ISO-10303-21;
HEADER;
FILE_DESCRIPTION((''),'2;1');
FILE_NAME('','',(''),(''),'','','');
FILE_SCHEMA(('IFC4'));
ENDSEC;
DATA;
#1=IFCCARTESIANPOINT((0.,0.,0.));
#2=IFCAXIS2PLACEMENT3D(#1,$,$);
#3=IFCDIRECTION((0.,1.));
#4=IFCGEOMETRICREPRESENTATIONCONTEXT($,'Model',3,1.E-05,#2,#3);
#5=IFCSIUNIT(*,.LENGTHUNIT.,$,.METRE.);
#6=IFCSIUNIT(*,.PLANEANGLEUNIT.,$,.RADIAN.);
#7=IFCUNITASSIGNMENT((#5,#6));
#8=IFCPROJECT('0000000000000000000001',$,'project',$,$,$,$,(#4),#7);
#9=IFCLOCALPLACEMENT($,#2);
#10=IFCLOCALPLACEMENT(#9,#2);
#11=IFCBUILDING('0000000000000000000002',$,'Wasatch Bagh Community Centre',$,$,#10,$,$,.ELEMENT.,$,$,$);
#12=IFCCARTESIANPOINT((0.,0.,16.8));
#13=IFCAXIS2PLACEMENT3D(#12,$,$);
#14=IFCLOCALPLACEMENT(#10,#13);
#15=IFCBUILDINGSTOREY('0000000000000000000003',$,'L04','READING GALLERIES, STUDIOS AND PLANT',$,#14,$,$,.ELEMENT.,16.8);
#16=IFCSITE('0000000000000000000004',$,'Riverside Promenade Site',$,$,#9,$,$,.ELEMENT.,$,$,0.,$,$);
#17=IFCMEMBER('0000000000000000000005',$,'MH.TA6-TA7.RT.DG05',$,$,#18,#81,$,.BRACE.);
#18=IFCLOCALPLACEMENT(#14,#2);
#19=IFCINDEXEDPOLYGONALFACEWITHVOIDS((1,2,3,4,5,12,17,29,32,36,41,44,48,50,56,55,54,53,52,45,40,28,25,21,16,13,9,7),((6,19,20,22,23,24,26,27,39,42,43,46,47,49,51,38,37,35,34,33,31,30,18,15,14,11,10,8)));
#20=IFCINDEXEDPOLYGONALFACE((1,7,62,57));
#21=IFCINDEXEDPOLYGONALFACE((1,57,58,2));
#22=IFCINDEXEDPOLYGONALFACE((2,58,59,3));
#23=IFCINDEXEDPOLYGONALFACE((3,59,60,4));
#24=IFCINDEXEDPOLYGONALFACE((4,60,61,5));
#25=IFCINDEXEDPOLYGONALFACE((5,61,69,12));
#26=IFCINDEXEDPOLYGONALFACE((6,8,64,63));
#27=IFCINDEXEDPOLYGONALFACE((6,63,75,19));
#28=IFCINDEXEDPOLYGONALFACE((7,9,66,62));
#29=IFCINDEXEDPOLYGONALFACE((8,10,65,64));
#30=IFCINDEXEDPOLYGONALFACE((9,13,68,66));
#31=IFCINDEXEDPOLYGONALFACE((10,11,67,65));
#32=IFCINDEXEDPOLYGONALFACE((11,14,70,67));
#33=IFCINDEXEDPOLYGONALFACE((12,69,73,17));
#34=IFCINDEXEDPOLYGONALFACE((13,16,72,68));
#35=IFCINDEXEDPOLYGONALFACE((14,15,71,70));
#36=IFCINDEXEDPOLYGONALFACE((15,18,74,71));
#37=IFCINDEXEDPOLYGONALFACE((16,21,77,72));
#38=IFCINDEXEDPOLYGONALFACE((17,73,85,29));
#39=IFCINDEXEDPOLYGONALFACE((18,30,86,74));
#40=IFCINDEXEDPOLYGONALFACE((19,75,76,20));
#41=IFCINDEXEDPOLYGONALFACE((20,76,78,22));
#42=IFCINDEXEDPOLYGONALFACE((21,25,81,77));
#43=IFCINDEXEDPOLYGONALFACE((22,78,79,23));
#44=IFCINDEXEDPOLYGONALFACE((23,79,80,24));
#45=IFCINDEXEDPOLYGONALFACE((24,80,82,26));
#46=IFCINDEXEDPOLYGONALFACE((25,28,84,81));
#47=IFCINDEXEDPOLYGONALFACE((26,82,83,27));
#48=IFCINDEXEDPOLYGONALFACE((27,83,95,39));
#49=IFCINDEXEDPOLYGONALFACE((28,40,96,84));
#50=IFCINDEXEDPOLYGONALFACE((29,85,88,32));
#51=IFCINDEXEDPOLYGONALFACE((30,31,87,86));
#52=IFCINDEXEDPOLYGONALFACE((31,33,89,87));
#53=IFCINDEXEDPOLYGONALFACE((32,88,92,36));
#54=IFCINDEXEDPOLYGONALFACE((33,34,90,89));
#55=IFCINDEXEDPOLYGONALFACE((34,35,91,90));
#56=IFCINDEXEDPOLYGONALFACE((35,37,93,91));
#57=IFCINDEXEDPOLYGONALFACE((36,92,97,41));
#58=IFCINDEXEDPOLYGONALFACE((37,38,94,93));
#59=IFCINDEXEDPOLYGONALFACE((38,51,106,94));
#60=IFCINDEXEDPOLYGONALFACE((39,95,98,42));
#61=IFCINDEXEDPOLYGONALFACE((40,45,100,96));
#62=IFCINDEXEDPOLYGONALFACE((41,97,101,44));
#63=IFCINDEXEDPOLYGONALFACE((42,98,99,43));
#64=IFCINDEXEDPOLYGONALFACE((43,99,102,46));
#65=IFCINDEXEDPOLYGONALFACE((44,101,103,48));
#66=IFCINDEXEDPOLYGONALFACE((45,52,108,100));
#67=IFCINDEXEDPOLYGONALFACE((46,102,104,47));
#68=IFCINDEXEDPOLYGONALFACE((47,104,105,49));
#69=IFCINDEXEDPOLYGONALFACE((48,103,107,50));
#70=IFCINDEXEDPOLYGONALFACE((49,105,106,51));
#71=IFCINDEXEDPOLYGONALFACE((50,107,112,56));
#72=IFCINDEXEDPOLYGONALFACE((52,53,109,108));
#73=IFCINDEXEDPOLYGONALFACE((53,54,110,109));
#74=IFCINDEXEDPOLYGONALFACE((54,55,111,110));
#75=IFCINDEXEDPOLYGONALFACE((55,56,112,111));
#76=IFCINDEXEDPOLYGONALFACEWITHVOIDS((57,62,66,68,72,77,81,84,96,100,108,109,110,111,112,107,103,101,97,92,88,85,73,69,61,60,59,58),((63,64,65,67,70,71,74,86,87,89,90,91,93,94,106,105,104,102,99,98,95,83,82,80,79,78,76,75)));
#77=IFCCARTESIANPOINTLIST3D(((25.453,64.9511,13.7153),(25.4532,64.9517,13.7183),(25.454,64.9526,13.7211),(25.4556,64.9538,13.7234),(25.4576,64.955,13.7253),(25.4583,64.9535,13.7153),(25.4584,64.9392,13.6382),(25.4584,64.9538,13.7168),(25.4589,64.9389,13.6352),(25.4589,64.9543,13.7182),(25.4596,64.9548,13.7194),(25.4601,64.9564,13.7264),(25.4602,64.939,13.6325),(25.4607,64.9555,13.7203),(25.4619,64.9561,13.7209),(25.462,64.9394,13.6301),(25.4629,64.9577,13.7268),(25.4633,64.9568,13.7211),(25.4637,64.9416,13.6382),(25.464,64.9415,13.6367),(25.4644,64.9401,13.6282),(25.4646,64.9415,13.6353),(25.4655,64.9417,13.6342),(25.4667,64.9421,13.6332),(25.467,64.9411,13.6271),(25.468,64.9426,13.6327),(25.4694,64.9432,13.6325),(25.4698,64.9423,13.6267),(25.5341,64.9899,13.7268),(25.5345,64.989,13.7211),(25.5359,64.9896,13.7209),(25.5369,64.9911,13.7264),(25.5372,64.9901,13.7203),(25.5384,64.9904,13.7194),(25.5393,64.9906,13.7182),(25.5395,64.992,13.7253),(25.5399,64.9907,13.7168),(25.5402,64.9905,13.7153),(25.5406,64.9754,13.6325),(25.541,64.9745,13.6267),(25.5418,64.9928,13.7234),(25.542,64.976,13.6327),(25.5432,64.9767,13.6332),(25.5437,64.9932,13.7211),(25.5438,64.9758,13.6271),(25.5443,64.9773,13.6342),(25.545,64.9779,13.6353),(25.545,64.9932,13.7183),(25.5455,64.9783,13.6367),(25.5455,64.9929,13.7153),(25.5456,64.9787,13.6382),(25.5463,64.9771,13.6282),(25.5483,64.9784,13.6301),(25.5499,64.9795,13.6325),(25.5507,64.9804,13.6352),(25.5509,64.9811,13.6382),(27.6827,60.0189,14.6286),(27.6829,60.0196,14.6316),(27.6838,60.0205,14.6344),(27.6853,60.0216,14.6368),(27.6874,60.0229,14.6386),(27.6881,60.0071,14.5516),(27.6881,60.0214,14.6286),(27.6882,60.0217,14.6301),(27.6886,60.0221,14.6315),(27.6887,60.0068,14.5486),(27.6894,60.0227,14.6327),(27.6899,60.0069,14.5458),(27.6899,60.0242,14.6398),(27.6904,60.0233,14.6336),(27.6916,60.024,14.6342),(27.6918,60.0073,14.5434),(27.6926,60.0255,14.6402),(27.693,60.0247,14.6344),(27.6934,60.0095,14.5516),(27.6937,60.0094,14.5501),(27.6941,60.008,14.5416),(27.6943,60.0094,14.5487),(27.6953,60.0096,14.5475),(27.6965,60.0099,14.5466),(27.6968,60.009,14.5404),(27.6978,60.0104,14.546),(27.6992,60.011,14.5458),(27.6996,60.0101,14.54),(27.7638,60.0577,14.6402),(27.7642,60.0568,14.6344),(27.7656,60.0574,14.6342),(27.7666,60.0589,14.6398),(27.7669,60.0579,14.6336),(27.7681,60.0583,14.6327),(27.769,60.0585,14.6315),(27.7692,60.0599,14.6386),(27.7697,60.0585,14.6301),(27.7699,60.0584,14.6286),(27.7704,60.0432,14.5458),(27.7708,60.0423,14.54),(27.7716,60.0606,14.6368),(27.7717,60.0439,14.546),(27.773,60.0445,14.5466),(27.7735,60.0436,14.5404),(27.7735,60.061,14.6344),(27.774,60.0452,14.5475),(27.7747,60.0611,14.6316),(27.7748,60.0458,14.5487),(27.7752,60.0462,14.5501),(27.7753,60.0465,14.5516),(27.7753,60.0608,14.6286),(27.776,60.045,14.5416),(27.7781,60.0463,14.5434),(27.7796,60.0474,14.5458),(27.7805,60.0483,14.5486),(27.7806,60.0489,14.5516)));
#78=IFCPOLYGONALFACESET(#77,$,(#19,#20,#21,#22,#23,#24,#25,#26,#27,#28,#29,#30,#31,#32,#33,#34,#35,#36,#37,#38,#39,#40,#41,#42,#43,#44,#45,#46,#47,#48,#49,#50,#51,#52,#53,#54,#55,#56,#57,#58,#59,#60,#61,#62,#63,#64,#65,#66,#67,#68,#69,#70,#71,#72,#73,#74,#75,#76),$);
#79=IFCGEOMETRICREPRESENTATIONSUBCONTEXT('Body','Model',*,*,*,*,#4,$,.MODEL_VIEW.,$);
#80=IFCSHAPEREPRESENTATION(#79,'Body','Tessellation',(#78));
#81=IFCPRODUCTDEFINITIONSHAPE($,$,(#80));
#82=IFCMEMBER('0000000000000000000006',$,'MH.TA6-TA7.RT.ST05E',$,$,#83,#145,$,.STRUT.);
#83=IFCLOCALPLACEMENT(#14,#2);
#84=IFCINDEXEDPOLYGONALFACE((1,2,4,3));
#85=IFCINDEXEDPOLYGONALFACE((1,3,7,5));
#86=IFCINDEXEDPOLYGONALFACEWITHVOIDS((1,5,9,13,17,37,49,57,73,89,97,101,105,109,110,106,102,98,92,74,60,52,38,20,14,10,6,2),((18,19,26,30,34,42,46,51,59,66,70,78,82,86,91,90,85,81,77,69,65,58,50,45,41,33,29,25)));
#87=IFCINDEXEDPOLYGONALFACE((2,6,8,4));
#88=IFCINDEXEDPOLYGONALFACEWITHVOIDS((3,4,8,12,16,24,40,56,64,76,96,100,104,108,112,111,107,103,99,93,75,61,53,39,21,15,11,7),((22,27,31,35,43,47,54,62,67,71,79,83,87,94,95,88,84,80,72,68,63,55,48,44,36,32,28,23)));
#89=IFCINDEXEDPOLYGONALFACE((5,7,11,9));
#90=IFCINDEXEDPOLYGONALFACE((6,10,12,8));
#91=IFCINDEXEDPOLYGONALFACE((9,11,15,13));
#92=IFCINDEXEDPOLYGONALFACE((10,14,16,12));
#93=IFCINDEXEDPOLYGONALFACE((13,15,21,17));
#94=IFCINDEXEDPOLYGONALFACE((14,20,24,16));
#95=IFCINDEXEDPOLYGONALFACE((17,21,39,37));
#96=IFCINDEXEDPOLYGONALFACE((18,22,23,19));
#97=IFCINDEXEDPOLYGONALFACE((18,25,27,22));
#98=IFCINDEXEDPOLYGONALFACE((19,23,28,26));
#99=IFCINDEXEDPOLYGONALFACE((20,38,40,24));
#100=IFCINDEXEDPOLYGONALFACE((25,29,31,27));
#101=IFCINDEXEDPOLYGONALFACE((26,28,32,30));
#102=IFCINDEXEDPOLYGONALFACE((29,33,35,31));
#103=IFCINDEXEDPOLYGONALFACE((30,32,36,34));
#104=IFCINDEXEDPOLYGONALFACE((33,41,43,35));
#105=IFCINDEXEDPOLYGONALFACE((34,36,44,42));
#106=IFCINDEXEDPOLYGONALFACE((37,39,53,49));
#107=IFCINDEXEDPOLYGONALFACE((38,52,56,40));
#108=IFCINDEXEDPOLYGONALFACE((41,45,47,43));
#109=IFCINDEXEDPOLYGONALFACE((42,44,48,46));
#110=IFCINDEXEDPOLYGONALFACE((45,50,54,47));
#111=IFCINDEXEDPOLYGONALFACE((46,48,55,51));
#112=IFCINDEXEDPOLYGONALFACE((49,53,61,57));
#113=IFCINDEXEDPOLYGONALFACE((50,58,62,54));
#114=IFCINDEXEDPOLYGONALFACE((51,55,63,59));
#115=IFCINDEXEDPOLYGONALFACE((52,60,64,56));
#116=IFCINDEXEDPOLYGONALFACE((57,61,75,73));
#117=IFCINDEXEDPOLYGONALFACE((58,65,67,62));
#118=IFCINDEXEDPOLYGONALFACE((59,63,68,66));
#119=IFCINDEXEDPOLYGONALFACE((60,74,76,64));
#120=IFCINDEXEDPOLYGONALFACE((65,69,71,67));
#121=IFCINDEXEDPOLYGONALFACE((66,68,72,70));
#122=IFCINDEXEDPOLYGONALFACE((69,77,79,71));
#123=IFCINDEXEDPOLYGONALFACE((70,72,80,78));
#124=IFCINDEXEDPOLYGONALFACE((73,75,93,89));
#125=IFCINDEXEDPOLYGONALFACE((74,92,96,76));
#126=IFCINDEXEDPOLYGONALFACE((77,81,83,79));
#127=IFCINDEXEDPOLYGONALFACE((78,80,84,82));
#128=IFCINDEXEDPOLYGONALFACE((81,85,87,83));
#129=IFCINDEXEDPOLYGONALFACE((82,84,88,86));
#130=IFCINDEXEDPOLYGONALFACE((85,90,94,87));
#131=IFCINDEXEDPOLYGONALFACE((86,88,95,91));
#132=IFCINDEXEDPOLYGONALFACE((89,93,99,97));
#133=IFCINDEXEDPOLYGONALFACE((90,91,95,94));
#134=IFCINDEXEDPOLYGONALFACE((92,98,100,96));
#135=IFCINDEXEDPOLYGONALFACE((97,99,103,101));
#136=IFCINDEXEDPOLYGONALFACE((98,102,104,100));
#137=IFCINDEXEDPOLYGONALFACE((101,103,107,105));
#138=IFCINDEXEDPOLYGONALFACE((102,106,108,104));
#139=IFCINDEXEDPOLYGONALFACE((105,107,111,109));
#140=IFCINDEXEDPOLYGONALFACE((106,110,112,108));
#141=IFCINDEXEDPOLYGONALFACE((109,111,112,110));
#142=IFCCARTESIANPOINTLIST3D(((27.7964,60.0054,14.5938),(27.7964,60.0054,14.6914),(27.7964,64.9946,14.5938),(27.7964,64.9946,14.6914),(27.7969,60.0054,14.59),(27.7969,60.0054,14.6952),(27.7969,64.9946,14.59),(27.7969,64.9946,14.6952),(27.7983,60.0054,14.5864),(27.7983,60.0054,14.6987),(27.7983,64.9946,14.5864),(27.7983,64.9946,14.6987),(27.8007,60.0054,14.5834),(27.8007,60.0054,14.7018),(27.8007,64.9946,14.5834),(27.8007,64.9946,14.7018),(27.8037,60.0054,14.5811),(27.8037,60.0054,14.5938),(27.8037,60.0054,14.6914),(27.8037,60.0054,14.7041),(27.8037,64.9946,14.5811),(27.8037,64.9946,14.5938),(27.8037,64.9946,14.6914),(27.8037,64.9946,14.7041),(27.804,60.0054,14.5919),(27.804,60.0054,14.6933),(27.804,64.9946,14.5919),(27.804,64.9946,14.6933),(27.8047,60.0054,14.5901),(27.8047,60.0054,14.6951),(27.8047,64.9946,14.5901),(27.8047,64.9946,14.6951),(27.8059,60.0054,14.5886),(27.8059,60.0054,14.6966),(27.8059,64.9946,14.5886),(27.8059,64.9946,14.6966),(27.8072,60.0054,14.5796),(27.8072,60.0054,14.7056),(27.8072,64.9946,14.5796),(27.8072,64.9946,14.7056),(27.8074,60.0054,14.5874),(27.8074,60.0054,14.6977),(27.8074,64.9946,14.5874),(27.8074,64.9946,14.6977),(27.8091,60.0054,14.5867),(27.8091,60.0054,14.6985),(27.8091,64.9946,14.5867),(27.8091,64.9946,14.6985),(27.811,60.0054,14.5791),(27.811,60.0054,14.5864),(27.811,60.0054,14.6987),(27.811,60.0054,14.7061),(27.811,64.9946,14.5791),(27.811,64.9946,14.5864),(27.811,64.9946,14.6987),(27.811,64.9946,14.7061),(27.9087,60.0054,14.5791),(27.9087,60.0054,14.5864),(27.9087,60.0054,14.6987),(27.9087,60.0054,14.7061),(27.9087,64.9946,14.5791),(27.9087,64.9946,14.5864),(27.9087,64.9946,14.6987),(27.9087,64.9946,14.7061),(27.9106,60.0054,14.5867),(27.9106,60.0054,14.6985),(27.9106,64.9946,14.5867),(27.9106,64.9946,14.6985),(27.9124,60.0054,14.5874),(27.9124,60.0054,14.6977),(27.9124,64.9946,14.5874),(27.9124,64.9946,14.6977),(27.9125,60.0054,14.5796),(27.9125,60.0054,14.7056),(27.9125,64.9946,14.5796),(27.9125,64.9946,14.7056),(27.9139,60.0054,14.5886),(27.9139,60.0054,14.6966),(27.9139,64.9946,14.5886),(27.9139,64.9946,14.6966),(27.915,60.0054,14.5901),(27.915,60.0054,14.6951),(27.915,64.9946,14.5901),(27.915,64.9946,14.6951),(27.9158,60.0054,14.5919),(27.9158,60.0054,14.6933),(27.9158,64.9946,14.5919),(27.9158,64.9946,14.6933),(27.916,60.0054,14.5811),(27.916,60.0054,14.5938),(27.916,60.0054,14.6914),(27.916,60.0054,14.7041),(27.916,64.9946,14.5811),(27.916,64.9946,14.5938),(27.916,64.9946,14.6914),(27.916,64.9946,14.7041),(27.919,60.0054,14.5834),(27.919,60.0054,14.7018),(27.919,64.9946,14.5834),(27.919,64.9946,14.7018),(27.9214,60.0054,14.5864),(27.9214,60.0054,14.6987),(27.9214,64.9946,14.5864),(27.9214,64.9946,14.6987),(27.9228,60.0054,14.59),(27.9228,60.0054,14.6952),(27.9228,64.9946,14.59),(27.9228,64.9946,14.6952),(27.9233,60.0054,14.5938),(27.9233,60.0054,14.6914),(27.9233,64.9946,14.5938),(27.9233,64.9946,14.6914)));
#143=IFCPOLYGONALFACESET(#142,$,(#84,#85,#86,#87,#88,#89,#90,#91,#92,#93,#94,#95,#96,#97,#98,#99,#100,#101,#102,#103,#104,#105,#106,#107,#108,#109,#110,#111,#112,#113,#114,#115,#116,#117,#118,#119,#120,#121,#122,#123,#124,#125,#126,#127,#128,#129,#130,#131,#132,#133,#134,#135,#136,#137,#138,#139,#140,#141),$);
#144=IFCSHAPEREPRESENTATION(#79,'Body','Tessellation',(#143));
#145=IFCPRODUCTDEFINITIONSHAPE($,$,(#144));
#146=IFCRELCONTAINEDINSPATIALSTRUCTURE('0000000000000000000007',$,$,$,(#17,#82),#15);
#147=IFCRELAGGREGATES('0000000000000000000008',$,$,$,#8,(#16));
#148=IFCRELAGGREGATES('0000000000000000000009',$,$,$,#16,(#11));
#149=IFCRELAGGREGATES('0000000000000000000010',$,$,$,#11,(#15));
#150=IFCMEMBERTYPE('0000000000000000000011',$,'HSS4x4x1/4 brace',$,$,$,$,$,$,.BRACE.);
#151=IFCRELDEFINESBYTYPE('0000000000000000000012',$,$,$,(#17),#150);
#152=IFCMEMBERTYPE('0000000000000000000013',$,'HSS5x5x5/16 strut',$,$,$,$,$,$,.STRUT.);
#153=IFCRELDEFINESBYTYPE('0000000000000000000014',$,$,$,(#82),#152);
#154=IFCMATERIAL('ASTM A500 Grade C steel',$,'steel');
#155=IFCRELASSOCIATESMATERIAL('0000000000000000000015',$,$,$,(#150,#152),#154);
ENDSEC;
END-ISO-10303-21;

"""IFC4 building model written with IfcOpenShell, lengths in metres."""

from ifc_helpers import new_model, si_unit, direction, frame, origin, origin_2d, place, context, subcontext, project, spatial, hollow_rectangle, extrude, material, material_profile, profile_set, type_object, element, save


model = new_model("IFC4")

# Units and contexts
model_context = context("Model", 3, precision=1e-05, world=origin(), true_north=direction((0.0, 1.0)))
body_context = subcontext(model_context, "Body", "Model", "MODEL_VIEW")
ifc_project = project(units=[si_unit("LENGTHUNIT", "METRE"), si_unit("PLANEANGLEUNIT", "RADIAN")], contexts=[model_context])

# Site, building, storey
site_placement = place(None, origin())
site = spatial("IfcSite", under=ifc_project, at=site_placement, Name="Riverside Promenade Site", CompositionType="ELEMENT", RefElevation=0.0)
building_placement = place(site_placement, origin())
building = spatial("IfcBuilding", under=site, at=building_placement, Name="Wasatch Bagh Community Centre", CompositionType="ELEMENT")
storey_placement = place(building_placement, frame((0.0, 0.0, 16.8)))
storey = spatial("IfcBuildingStorey", under=building, at=storey_placement, Name="L04", Description="READING GALLERIES, STUDIOS AND PLANT", CompositionType="ELEMENT", Elevation=16.8)

# Members
ifc_material_1 = material(Name="ASTM A500 Grade C steel", Category="steel")
ifc_material_profile_1 = material_profile(ifc_material_1, hollow_rectangle(XDim=0.1016, YDim=0.1016, WallThickness=0.0059, InnerFilletRadius=0.0059, OuterFilletRadius=0.0117, at=origin_2d()), Name="HSS4x4x1/4")
ifc_profile_set_1 = profile_set([ifc_material_profile_1], Name="ASTM A500 Grade C steel")
member_type_1 = type_object("IfcMemberType", Name="HSS4x4x1/4 brace", PredefinedType="BRACE", material=ifc_profile_set_1)
member_1_placement = place(storey_placement, frame((27.7317, 60.0339, 14.5901), z_axis=(-0.406201, 0.898508, -0.166385), x_axis=(-0.91121, -0.411943, 0.0)))
element("IfcMember", 1, at=member_1_placement, inside=storey, type_object=member_type_1, Name="MH.TA6-TA7.RT.DG05", PredefinedType="BRACE", context=body_context, shape_type="SweptSolid", body=[
    extrude(hollow_rectangle(XDim=0.1016, YDim=0.1016, WallThickness=0.0059, InnerFilletRadius=0.0059, OuterFilletRadius=0.0117, at=origin_2d()), origin(), (0.0, 0.0, 1.0), 5.4893),
])
ifc_material_profile_2 = material_profile(ifc_material_1, hollow_rectangle(XDim=0.127, YDim=0.127, WallThickness=0.0073, InnerFilletRadius=0.0073, OuterFilletRadius=0.0146, at=origin_2d()), Name="HSS5x5x5/16")
ifc_profile_set_2 = profile_set([ifc_material_profile_2], Name="ASTM A500 Grade C steel")
member_type_2 = type_object("IfcMemberType", Name="HSS5x5x5/16 strut", PredefinedType="STRUT", material=ifc_profile_set_2)
member_2_placement = place(storey_placement, frame((27.8599, 60.0054, 14.6426), z_axis=(0.0, 1.0, 0.0), x_axis=(-1.0, 0.0, 0.0)))
element("IfcMember", 2, at=member_2_placement, inside=storey, type_object=member_type_2, Name="MH.TA6-TA7.RT.ST05E", PredefinedType="STRUT", context=body_context, shape_type="SweptSolid", body=[
    extrude(hollow_rectangle(XDim=0.127, YDim=0.127, WallThickness=0.0073, InnerFilletRadius=0.0073, OuterFilletRadius=0.0146, at=origin_2d()), origin(), (0.0, 0.0, 1.0), 4.9893),
])

save(model, "model.ifc")
